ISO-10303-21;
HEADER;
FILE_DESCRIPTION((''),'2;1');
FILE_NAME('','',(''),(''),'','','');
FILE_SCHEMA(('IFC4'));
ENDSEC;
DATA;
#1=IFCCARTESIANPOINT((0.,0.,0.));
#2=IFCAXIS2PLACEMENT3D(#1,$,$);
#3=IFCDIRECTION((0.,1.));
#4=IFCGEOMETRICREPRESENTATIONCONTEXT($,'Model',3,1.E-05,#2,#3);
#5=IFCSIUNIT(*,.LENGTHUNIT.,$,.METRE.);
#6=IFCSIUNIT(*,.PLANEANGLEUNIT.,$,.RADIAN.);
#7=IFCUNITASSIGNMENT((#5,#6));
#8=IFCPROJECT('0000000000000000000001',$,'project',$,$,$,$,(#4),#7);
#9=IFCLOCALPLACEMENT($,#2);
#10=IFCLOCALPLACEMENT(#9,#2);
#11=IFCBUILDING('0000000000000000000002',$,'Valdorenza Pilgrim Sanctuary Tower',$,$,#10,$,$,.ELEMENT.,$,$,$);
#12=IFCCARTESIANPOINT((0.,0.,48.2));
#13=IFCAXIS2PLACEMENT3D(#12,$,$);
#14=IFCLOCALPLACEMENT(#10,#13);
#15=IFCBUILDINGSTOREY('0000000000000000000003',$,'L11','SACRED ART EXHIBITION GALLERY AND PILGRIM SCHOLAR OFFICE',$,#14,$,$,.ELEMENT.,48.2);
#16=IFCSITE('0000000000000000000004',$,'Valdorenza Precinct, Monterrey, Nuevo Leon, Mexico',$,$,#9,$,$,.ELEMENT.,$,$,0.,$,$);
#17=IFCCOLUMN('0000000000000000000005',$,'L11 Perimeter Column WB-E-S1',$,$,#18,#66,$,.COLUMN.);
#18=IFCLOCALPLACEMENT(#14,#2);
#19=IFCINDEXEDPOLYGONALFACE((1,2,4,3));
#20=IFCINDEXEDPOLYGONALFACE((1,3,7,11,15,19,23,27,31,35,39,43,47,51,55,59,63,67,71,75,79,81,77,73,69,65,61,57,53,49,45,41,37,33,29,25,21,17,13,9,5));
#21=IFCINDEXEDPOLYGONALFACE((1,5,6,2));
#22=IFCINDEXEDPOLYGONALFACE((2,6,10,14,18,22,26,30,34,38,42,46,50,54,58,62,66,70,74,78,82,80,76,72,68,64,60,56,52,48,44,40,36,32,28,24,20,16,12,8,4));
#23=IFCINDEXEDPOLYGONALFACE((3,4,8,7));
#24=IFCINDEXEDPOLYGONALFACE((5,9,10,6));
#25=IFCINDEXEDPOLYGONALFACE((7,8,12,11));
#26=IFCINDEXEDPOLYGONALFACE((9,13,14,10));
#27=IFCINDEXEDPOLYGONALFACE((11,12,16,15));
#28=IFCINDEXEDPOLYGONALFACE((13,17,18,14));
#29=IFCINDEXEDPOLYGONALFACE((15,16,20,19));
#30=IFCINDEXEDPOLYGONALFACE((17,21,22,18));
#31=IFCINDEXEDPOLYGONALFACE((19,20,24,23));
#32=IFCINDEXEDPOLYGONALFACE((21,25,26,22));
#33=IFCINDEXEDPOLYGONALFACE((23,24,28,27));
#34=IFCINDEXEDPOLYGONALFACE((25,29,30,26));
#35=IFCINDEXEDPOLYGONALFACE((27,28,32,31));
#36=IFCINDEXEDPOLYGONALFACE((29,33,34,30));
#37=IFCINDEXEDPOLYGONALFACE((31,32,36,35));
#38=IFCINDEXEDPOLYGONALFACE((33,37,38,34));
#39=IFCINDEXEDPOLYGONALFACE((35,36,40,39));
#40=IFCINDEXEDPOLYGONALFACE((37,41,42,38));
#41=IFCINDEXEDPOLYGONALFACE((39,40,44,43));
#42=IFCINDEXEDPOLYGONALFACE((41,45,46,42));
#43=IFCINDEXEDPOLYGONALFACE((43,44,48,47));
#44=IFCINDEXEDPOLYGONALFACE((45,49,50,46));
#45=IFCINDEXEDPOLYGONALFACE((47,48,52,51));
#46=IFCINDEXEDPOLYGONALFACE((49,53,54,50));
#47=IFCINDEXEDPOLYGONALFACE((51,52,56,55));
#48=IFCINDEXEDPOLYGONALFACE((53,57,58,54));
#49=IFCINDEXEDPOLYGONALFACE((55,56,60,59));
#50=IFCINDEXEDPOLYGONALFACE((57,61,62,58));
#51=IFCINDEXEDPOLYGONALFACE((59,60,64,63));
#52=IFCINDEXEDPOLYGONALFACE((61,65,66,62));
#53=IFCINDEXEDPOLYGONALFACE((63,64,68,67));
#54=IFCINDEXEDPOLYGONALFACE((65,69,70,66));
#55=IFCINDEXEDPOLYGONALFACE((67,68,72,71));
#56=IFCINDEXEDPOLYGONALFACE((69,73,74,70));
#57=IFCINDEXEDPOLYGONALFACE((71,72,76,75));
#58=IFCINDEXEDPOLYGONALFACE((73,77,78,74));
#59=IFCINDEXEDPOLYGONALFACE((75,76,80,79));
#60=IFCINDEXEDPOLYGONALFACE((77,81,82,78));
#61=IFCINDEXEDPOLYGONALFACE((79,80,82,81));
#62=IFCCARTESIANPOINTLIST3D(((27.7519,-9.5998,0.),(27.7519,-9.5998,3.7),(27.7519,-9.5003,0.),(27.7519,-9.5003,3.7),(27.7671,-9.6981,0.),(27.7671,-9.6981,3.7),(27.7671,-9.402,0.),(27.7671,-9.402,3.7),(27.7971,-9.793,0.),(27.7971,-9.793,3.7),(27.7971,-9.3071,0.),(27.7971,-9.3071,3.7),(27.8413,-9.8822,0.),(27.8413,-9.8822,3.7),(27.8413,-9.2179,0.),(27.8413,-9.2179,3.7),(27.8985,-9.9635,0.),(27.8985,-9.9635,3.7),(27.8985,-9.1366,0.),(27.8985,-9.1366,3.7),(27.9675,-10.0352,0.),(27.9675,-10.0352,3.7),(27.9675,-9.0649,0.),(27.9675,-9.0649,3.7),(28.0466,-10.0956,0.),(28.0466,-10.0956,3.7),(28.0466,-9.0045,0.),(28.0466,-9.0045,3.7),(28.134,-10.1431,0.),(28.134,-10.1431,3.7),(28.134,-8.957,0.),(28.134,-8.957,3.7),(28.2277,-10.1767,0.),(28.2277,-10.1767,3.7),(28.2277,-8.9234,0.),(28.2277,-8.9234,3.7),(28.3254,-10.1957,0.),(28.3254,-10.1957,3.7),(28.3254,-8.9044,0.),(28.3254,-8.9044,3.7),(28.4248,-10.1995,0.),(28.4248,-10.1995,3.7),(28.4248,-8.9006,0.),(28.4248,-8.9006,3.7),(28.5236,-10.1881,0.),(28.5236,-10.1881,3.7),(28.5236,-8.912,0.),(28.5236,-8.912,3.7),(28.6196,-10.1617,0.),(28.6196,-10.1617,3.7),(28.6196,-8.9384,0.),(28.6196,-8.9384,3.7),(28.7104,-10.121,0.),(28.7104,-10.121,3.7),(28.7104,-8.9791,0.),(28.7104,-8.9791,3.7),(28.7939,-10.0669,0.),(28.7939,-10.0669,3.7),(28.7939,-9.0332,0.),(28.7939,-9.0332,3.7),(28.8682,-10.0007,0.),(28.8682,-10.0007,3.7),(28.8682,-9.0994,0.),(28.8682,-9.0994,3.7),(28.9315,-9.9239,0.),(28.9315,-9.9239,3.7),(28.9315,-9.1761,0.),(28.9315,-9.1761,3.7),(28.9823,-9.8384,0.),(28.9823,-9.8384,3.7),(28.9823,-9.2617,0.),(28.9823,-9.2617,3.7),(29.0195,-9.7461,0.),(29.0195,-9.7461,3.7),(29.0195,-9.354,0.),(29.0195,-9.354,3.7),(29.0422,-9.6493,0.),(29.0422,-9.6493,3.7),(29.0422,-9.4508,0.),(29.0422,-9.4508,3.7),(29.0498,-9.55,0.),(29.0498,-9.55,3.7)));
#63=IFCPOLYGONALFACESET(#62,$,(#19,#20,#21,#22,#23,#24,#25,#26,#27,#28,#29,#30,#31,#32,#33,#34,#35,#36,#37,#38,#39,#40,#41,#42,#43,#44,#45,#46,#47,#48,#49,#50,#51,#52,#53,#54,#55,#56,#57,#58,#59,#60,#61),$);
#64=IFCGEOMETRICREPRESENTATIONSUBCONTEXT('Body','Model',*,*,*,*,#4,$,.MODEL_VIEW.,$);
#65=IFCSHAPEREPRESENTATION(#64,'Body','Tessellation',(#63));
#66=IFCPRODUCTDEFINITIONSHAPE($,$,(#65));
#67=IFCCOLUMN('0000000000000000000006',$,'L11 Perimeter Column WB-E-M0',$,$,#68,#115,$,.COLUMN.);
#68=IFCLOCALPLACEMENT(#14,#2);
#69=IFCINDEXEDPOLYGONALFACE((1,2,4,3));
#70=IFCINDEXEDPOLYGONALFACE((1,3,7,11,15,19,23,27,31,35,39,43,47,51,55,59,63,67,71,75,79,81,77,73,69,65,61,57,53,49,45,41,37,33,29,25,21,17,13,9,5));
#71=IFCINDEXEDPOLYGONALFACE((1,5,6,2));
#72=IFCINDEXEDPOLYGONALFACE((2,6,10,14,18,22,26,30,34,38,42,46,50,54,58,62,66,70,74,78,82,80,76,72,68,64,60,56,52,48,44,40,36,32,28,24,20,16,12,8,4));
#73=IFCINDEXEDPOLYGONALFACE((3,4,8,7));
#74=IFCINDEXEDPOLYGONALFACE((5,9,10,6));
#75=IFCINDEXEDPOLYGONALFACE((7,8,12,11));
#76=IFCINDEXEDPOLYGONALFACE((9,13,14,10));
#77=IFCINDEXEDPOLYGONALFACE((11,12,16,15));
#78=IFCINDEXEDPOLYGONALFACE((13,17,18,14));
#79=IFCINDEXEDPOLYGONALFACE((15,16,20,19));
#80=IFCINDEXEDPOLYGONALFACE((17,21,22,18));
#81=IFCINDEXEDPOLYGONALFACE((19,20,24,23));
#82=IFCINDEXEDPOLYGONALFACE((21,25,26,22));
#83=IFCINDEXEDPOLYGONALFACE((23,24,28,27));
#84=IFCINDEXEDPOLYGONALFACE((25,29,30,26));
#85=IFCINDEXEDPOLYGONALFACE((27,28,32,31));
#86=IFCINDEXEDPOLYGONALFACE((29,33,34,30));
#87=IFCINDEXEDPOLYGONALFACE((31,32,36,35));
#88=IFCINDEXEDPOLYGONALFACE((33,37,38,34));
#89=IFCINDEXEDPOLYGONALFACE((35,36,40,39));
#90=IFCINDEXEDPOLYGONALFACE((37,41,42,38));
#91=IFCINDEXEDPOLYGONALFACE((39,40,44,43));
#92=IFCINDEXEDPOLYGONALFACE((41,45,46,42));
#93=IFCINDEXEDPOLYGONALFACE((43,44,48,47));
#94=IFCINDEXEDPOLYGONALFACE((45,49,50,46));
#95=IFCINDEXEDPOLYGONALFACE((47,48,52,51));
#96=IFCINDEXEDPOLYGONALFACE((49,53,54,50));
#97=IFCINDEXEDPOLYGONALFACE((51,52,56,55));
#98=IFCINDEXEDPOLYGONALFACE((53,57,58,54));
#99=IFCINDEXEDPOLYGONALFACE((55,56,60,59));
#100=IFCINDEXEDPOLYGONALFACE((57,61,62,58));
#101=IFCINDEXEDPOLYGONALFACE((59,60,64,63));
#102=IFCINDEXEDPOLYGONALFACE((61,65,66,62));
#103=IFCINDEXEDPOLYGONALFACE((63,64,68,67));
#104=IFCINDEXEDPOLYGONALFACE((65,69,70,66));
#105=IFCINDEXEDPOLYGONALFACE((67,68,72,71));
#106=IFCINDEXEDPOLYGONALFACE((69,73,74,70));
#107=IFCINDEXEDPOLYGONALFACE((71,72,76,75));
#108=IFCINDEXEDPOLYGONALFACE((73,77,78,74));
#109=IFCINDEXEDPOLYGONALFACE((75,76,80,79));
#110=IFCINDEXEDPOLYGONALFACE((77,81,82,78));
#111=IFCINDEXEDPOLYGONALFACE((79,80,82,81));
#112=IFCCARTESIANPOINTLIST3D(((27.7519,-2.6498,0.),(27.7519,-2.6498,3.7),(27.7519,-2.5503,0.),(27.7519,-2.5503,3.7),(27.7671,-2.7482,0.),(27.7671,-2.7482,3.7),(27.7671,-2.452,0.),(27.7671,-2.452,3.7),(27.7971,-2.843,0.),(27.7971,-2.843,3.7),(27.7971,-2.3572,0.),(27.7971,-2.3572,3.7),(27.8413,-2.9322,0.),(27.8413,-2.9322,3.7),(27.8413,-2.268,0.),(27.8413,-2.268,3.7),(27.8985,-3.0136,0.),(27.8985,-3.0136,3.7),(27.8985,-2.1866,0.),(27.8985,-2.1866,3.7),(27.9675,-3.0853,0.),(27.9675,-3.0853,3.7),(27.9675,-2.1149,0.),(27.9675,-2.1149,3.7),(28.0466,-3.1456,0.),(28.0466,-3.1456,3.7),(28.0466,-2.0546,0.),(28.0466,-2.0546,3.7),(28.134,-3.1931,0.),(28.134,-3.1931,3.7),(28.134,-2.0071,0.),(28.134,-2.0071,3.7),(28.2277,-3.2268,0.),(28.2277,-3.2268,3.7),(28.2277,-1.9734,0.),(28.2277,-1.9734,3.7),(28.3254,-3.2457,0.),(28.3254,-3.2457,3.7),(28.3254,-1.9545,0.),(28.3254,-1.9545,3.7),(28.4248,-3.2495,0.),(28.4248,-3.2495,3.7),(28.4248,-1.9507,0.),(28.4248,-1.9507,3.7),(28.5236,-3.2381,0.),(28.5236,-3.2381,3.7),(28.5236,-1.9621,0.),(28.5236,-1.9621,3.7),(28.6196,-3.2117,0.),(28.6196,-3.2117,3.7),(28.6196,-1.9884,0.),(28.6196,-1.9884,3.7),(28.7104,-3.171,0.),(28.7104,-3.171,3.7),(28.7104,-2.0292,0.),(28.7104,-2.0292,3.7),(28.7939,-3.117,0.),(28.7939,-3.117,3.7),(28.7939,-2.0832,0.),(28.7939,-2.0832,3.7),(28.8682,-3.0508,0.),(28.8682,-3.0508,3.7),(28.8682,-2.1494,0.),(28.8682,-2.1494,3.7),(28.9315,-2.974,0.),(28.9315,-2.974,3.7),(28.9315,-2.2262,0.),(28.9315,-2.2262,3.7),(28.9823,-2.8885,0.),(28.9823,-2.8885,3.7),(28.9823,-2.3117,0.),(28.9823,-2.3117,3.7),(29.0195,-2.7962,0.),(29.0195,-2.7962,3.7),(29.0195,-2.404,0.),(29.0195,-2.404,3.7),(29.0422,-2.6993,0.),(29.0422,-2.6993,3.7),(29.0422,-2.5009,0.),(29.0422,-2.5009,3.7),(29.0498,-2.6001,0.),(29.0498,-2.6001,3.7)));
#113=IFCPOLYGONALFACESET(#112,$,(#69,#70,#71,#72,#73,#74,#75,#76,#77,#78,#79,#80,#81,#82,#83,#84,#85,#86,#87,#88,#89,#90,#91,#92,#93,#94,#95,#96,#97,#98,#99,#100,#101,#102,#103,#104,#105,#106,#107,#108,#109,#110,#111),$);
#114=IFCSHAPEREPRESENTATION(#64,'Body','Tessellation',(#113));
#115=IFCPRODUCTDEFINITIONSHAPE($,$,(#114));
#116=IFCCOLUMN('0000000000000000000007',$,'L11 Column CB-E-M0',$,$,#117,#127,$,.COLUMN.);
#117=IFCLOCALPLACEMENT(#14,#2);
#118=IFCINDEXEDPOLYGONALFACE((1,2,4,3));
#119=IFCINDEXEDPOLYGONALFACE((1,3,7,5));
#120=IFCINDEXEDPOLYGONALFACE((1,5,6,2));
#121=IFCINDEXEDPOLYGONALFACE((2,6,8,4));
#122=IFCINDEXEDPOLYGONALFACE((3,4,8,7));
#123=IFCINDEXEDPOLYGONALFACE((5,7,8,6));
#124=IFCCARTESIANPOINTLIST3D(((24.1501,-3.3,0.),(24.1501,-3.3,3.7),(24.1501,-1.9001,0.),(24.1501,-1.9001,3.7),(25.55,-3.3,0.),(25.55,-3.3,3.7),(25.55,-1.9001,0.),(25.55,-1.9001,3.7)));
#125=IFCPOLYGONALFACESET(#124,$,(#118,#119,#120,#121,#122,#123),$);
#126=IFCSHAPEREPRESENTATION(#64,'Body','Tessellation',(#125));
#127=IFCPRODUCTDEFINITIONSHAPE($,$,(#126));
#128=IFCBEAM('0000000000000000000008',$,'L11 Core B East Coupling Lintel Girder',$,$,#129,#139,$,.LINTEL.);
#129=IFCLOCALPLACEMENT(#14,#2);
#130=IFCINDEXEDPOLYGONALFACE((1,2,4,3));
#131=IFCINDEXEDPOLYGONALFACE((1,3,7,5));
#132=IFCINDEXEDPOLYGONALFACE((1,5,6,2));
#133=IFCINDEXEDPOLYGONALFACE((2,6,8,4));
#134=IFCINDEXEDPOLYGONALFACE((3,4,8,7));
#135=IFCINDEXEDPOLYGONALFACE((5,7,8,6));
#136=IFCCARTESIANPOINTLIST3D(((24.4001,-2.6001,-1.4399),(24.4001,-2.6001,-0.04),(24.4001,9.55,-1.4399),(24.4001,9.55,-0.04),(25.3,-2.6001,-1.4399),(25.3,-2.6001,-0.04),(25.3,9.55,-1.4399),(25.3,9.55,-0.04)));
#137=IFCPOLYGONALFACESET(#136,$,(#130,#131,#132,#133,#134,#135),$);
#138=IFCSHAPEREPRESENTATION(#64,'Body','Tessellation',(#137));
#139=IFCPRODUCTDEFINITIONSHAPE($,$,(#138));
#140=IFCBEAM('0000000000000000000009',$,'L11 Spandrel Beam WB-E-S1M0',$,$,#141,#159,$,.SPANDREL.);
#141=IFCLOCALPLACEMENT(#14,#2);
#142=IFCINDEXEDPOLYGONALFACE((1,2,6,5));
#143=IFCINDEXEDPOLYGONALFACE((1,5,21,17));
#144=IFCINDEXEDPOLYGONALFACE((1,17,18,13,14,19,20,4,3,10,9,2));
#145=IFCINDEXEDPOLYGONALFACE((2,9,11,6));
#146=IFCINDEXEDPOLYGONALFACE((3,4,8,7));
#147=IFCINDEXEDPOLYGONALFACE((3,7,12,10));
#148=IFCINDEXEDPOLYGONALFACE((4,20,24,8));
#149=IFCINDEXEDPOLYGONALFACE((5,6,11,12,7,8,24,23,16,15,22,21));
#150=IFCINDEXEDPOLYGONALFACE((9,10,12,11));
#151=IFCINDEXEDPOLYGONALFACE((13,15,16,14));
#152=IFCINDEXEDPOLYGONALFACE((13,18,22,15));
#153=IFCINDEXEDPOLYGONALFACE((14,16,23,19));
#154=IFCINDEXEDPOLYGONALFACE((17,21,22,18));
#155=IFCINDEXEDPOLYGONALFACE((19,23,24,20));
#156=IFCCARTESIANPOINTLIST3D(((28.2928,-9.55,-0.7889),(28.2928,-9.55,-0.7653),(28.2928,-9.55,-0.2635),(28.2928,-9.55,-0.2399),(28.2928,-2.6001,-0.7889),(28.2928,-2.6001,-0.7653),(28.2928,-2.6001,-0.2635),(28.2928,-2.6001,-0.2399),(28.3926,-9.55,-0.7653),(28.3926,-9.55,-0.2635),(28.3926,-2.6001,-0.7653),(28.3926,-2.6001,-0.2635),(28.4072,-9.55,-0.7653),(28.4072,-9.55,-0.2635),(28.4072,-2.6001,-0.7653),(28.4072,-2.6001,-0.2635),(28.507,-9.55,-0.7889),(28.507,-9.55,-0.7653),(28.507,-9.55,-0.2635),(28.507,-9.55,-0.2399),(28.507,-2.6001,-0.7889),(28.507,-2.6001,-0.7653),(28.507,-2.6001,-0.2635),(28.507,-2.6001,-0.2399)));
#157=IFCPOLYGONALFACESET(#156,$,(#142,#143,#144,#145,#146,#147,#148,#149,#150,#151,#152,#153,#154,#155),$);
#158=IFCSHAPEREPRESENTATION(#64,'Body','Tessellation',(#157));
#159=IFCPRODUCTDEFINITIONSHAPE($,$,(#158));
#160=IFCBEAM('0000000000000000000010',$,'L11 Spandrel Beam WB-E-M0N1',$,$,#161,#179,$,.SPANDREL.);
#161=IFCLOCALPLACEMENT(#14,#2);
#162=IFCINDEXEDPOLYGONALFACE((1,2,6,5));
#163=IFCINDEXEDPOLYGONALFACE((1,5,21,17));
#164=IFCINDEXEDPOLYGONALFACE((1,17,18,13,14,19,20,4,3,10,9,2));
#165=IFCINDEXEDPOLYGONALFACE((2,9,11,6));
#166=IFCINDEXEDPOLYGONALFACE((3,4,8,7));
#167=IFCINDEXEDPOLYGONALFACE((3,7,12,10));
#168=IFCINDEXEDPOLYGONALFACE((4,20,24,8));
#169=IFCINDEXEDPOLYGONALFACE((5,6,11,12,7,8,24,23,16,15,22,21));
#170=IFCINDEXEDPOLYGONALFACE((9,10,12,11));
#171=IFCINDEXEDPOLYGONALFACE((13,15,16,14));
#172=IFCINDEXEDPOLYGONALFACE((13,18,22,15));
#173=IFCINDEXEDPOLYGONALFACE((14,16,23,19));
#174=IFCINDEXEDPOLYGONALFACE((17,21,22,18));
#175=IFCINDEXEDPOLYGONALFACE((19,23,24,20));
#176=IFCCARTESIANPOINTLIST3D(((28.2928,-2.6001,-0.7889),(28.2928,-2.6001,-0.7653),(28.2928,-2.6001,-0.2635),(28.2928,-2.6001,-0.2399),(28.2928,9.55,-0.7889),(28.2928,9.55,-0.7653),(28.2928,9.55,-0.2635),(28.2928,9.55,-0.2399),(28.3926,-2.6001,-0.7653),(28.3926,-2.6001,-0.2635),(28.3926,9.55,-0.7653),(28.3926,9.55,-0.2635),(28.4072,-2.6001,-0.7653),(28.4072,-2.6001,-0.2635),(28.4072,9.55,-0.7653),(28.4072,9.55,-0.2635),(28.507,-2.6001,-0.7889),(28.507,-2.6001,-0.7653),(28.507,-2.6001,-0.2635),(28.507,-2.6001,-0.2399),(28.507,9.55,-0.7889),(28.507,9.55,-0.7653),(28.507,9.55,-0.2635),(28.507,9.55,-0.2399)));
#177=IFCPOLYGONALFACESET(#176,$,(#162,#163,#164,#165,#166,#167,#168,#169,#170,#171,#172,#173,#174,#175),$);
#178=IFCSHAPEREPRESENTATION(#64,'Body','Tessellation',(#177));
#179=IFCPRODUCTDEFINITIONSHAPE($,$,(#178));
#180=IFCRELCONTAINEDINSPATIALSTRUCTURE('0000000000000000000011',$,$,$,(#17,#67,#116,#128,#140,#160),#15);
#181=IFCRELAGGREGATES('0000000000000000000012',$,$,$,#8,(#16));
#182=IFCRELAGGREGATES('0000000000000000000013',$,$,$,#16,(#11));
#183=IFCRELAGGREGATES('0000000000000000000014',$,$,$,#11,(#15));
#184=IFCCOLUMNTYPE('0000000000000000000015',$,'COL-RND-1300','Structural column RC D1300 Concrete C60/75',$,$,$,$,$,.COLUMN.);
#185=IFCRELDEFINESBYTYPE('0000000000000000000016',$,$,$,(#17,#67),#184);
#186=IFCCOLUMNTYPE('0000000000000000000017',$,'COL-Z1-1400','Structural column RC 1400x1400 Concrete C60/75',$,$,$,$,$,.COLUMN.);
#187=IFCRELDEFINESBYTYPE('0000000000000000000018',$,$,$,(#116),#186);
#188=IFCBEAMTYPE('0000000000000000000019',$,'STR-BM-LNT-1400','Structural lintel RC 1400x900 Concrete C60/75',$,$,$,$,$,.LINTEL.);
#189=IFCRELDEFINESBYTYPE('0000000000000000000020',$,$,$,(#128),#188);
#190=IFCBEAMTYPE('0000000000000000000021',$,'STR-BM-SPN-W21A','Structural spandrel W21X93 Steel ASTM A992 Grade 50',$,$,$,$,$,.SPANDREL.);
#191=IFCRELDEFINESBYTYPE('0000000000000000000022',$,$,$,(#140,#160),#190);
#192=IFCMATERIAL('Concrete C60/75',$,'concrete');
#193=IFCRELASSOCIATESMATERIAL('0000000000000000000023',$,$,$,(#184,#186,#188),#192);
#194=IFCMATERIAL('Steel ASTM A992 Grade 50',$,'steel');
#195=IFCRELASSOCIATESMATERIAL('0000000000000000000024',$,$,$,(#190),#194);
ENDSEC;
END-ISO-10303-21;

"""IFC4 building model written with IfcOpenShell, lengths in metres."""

from ifc_helpers import new_model, si_unit, direction, frame, origin, origin_2d, place, context, subcontext, project, spatial, rectangle, circle, i_section, extrude, source, transform, mapped, material, material_profile, profile_set, type_object, element, save


model = new_model("IFC4")

# Units and contexts
model_context = context("Model", 3, precision=1e-05, world=origin(), true_north=direction((0.0, 1.0)))
body_context = subcontext(model_context, "Body", "Model", "MODEL_VIEW")
ifc_project = project(units=[si_unit("LENGTHUNIT", "METRE"), si_unit("PLANEANGLEUNIT", "RADIAN")], contexts=[model_context])

# Site, building, storey
site_placement = place(None, origin())
site = spatial("IfcSite", under=ifc_project, at=site_placement, Name="Valdorenza Precinct, Monterrey, Nuevo Leon, Mexico", CompositionType="ELEMENT", RefElevation=0.0)
building_placement = place(site_placement, origin())
building = spatial("IfcBuilding", under=site, at=building_placement, Name="Valdorenza Pilgrim Sanctuary Tower", CompositionType="ELEMENT")
storey_placement = place(building_placement, frame((0.0, 0.0, 48.2)))
storey = spatial("IfcBuildingStorey", under=building, at=storey_placement, Name="L11", Description="SACRED ART EXHIBITION GALLERY AND PILGRIM SCHOLAR OFFICE", CompositionType="ELEMENT", Elevation=48.2)

# Columns
ifc_material_1 = material(Name="Concrete C60/75", Category="concrete")
ifc_material_profile_1 = material_profile(ifc_material_1, circle(Radius=0.6499, at=origin_2d()), Name="RC D1300")
ifc_profile_set_1 = profile_set([ifc_material_profile_1], Name="Concrete C60/75")
column_type_1 = type_object("IfcColumnType", Name="COL-RND-1300", Description="Structural column RC D1300 Concrete C60/75", PredefinedType="COLUMN", material=ifc_profile_set_1)
shared_shape_1 = source(origin(), body_context, "Body", "SweptSolid", [
    extrude(circle(Radius=0.6499, at=origin_2d()), origin(), (0.0, 0.0, 1.0), 3.7),
])
for number, where, z_axis, x_axis, name in (
    (1, (28.3999, -9.55, 0.0), (0.0, 0.0, 1.0), (1.0, 0.0, 0.0), "L11 Perimeter Column WB-E-S1"),
    (2, (28.3999, -2.6001, 0.0), (0.0, 0.0, 1.0), (1.0, 0.0, 0.0), "L11 Perimeter Column WB-E-M0"),
):
    element("IfcColumn", number, at=place(storey_placement, frame(where, z_axis=z_axis, x_axis=x_axis)), inside=storey, type_object=column_type_1, Name=name, PredefinedType="COLUMN", context=body_context, shape_type="MappedRepresentation", body=[
        mapped(shared_shape_1, transform((0.0, 0.0, 0.0), x_axis=(1.0, 0.0, 0.0), y_axis=(0.0, 1.0, 0.0), z_axis=(0.0, 0.0, 1.0), scale=1.0)),
    ])
ifc_material_profile_2 = material_profile(ifc_material_1, rectangle(XDim=1.3999, YDim=1.3999, at=origin_2d()), Name="RC 1400x1400")
ifc_profile_set_2 = profile_set([ifc_material_profile_2], Name="Concrete C60/75")
column_type_2 = type_object("IfcColumnType", Name="COL-Z1-1400", Description="Structural column RC 1400x1400 Concrete C60/75", PredefinedType="COLUMN", material=ifc_profile_set_2)
shared_shape_2 = source(origin(), body_context, "Body", "SweptSolid", [
    extrude(rectangle(XDim=1.3999, YDim=1.3999, at=origin_2d()), origin(), (0.0, 0.0, 1.0), 3.7),
])
column_placement = place(storey_placement, frame((24.8501, -2.6001, 0.0), z_axis=(0.0, 0.0, 1.0), x_axis=(1.0, 0.0, 0.0)))
element("IfcColumn", 3, at=column_placement, inside=storey, type_object=column_type_2, Name="L11 Column CB-E-M0", PredefinedType="COLUMN", context=body_context, shape_type="MappedRepresentation", body=[
    mapped(shared_shape_2, transform((0.0, 0.0, 0.0), x_axis=(1.0, 0.0, 0.0), y_axis=(0.0, 1.0, 0.0), z_axis=(0.0, 0.0, 1.0), scale=1.0)),
])

# Beams
ifc_material_profile_3 = material_profile(ifc_material_1, rectangle(XDim=0.8999, YDim=1.3999, at=origin_2d()), Name="RC 1400x900")
ifc_profile_set_3 = profile_set([ifc_material_profile_3], Name="Concrete C60/75")
beam_type_1 = type_object("IfcBeamType", Name="STR-BM-LNT-1400", Description="Structural lintel RC 1400x900 Concrete C60/75", PredefinedType="LINTEL", material=ifc_profile_set_3)
shared_shape_3 = source(origin(), body_context, "Body", "SweptSolid", [
    extrude(rectangle(XDim=0.8999, YDim=1.3999, at=origin_2d()), origin(), (0.0, 0.0, 1.0), 12.1501),
])
beam_1_placement = place(storey_placement, frame((24.8501, -2.6001, -0.74), z_axis=(0.0, 1.0, 0.0), x_axis=(-1.0, 0.0, 0.0)))
element("IfcBeam", 4, at=beam_1_placement, inside=storey, type_object=beam_type_1, Name="L11 Core B East Coupling Lintel Girder", PredefinedType="LINTEL", context=body_context, shape_type="MappedRepresentation", body=[
    mapped(shared_shape_3, transform((0.0, 0.0, 0.0), x_axis=(1.0, 0.0, 0.0), y_axis=(0.0, 1.0, 0.0), z_axis=(0.0, 0.0, 1.0), scale=1.0)),
])
ifc_material_2 = material(Name="Steel ASTM A992 Grade 50", Category="steel")
ifc_material_profile_4 = material_profile(ifc_material_2, i_section(OverallWidth=0.2141, OverallDepth=0.5491, WebThickness=0.0146, FlangeThickness=0.0237, at=origin_2d()), Name="W21X93")
ifc_profile_set_4 = profile_set([ifc_material_profile_4], Name="Steel ASTM A992 Grade 50")
beam_type_2 = type_object("IfcBeamType", Name="STR-BM-SPN-W21A", Description="Structural spandrel W21X93 Steel ASTM A992 Grade 50", PredefinedType="SPANDREL", material=ifc_profile_set_4)
shared_shape_4 = source(origin(), body_context, "Body", "SweptSolid", [
    extrude(i_section(OverallWidth=0.2141, OverallDepth=0.5491, WebThickness=0.0146, FlangeThickness=0.0237, at=origin_2d()), origin(), (0.0, 0.0, 1.0), 6.95),
])
beam_2_placement = place(storey_placement, frame((28.3999, -9.55, -0.5144), z_axis=(0.0, 1.0, 0.0), x_axis=(-1.0, 0.0, 0.0)))
element("IfcBeam", 5, at=beam_2_placement, inside=storey, type_object=beam_type_2, Name="L11 Spandrel Beam WB-E-S1M0", PredefinedType="SPANDREL", context=body_context, shape_type="MappedRepresentation", body=[
    mapped(shared_shape_4, transform((0.0, 0.0, 0.0), x_axis=(1.0, 0.0, 0.0), y_axis=(0.0, 1.0, 0.0), z_axis=(0.0, 0.0, 1.0), scale=1.0)),
])
shared_shape_5 = source(origin(), body_context, "Body", "SweptSolid", [
    extrude(i_section(OverallWidth=0.2141, OverallDepth=0.5491, WebThickness=0.0146, FlangeThickness=0.0237, at=origin_2d()), origin(), (0.0, 0.0, 1.0), 12.1501),
])
beam_3_placement = place(storey_placement, frame((28.3999, -2.6001, -0.5144), z_axis=(0.0, 1.0, 0.0), x_axis=(-1.0, 0.0, 0.0)))
element("IfcBeam", 6, at=beam_3_placement, inside=storey, type_object=beam_type_2, Name="L11 Spandrel Beam WB-E-M0N1", PredefinedType="SPANDREL", context=body_context, shape_type="MappedRepresentation", body=[
    mapped(shared_shape_5, transform((0.0, 0.0, 0.0), x_axis=(1.0, 0.0, 0.0), y_axis=(0.0, 1.0, 0.0), z_axis=(0.0, 0.0, 1.0), scale=1.0)),
])

save(model, "model.ifc")
